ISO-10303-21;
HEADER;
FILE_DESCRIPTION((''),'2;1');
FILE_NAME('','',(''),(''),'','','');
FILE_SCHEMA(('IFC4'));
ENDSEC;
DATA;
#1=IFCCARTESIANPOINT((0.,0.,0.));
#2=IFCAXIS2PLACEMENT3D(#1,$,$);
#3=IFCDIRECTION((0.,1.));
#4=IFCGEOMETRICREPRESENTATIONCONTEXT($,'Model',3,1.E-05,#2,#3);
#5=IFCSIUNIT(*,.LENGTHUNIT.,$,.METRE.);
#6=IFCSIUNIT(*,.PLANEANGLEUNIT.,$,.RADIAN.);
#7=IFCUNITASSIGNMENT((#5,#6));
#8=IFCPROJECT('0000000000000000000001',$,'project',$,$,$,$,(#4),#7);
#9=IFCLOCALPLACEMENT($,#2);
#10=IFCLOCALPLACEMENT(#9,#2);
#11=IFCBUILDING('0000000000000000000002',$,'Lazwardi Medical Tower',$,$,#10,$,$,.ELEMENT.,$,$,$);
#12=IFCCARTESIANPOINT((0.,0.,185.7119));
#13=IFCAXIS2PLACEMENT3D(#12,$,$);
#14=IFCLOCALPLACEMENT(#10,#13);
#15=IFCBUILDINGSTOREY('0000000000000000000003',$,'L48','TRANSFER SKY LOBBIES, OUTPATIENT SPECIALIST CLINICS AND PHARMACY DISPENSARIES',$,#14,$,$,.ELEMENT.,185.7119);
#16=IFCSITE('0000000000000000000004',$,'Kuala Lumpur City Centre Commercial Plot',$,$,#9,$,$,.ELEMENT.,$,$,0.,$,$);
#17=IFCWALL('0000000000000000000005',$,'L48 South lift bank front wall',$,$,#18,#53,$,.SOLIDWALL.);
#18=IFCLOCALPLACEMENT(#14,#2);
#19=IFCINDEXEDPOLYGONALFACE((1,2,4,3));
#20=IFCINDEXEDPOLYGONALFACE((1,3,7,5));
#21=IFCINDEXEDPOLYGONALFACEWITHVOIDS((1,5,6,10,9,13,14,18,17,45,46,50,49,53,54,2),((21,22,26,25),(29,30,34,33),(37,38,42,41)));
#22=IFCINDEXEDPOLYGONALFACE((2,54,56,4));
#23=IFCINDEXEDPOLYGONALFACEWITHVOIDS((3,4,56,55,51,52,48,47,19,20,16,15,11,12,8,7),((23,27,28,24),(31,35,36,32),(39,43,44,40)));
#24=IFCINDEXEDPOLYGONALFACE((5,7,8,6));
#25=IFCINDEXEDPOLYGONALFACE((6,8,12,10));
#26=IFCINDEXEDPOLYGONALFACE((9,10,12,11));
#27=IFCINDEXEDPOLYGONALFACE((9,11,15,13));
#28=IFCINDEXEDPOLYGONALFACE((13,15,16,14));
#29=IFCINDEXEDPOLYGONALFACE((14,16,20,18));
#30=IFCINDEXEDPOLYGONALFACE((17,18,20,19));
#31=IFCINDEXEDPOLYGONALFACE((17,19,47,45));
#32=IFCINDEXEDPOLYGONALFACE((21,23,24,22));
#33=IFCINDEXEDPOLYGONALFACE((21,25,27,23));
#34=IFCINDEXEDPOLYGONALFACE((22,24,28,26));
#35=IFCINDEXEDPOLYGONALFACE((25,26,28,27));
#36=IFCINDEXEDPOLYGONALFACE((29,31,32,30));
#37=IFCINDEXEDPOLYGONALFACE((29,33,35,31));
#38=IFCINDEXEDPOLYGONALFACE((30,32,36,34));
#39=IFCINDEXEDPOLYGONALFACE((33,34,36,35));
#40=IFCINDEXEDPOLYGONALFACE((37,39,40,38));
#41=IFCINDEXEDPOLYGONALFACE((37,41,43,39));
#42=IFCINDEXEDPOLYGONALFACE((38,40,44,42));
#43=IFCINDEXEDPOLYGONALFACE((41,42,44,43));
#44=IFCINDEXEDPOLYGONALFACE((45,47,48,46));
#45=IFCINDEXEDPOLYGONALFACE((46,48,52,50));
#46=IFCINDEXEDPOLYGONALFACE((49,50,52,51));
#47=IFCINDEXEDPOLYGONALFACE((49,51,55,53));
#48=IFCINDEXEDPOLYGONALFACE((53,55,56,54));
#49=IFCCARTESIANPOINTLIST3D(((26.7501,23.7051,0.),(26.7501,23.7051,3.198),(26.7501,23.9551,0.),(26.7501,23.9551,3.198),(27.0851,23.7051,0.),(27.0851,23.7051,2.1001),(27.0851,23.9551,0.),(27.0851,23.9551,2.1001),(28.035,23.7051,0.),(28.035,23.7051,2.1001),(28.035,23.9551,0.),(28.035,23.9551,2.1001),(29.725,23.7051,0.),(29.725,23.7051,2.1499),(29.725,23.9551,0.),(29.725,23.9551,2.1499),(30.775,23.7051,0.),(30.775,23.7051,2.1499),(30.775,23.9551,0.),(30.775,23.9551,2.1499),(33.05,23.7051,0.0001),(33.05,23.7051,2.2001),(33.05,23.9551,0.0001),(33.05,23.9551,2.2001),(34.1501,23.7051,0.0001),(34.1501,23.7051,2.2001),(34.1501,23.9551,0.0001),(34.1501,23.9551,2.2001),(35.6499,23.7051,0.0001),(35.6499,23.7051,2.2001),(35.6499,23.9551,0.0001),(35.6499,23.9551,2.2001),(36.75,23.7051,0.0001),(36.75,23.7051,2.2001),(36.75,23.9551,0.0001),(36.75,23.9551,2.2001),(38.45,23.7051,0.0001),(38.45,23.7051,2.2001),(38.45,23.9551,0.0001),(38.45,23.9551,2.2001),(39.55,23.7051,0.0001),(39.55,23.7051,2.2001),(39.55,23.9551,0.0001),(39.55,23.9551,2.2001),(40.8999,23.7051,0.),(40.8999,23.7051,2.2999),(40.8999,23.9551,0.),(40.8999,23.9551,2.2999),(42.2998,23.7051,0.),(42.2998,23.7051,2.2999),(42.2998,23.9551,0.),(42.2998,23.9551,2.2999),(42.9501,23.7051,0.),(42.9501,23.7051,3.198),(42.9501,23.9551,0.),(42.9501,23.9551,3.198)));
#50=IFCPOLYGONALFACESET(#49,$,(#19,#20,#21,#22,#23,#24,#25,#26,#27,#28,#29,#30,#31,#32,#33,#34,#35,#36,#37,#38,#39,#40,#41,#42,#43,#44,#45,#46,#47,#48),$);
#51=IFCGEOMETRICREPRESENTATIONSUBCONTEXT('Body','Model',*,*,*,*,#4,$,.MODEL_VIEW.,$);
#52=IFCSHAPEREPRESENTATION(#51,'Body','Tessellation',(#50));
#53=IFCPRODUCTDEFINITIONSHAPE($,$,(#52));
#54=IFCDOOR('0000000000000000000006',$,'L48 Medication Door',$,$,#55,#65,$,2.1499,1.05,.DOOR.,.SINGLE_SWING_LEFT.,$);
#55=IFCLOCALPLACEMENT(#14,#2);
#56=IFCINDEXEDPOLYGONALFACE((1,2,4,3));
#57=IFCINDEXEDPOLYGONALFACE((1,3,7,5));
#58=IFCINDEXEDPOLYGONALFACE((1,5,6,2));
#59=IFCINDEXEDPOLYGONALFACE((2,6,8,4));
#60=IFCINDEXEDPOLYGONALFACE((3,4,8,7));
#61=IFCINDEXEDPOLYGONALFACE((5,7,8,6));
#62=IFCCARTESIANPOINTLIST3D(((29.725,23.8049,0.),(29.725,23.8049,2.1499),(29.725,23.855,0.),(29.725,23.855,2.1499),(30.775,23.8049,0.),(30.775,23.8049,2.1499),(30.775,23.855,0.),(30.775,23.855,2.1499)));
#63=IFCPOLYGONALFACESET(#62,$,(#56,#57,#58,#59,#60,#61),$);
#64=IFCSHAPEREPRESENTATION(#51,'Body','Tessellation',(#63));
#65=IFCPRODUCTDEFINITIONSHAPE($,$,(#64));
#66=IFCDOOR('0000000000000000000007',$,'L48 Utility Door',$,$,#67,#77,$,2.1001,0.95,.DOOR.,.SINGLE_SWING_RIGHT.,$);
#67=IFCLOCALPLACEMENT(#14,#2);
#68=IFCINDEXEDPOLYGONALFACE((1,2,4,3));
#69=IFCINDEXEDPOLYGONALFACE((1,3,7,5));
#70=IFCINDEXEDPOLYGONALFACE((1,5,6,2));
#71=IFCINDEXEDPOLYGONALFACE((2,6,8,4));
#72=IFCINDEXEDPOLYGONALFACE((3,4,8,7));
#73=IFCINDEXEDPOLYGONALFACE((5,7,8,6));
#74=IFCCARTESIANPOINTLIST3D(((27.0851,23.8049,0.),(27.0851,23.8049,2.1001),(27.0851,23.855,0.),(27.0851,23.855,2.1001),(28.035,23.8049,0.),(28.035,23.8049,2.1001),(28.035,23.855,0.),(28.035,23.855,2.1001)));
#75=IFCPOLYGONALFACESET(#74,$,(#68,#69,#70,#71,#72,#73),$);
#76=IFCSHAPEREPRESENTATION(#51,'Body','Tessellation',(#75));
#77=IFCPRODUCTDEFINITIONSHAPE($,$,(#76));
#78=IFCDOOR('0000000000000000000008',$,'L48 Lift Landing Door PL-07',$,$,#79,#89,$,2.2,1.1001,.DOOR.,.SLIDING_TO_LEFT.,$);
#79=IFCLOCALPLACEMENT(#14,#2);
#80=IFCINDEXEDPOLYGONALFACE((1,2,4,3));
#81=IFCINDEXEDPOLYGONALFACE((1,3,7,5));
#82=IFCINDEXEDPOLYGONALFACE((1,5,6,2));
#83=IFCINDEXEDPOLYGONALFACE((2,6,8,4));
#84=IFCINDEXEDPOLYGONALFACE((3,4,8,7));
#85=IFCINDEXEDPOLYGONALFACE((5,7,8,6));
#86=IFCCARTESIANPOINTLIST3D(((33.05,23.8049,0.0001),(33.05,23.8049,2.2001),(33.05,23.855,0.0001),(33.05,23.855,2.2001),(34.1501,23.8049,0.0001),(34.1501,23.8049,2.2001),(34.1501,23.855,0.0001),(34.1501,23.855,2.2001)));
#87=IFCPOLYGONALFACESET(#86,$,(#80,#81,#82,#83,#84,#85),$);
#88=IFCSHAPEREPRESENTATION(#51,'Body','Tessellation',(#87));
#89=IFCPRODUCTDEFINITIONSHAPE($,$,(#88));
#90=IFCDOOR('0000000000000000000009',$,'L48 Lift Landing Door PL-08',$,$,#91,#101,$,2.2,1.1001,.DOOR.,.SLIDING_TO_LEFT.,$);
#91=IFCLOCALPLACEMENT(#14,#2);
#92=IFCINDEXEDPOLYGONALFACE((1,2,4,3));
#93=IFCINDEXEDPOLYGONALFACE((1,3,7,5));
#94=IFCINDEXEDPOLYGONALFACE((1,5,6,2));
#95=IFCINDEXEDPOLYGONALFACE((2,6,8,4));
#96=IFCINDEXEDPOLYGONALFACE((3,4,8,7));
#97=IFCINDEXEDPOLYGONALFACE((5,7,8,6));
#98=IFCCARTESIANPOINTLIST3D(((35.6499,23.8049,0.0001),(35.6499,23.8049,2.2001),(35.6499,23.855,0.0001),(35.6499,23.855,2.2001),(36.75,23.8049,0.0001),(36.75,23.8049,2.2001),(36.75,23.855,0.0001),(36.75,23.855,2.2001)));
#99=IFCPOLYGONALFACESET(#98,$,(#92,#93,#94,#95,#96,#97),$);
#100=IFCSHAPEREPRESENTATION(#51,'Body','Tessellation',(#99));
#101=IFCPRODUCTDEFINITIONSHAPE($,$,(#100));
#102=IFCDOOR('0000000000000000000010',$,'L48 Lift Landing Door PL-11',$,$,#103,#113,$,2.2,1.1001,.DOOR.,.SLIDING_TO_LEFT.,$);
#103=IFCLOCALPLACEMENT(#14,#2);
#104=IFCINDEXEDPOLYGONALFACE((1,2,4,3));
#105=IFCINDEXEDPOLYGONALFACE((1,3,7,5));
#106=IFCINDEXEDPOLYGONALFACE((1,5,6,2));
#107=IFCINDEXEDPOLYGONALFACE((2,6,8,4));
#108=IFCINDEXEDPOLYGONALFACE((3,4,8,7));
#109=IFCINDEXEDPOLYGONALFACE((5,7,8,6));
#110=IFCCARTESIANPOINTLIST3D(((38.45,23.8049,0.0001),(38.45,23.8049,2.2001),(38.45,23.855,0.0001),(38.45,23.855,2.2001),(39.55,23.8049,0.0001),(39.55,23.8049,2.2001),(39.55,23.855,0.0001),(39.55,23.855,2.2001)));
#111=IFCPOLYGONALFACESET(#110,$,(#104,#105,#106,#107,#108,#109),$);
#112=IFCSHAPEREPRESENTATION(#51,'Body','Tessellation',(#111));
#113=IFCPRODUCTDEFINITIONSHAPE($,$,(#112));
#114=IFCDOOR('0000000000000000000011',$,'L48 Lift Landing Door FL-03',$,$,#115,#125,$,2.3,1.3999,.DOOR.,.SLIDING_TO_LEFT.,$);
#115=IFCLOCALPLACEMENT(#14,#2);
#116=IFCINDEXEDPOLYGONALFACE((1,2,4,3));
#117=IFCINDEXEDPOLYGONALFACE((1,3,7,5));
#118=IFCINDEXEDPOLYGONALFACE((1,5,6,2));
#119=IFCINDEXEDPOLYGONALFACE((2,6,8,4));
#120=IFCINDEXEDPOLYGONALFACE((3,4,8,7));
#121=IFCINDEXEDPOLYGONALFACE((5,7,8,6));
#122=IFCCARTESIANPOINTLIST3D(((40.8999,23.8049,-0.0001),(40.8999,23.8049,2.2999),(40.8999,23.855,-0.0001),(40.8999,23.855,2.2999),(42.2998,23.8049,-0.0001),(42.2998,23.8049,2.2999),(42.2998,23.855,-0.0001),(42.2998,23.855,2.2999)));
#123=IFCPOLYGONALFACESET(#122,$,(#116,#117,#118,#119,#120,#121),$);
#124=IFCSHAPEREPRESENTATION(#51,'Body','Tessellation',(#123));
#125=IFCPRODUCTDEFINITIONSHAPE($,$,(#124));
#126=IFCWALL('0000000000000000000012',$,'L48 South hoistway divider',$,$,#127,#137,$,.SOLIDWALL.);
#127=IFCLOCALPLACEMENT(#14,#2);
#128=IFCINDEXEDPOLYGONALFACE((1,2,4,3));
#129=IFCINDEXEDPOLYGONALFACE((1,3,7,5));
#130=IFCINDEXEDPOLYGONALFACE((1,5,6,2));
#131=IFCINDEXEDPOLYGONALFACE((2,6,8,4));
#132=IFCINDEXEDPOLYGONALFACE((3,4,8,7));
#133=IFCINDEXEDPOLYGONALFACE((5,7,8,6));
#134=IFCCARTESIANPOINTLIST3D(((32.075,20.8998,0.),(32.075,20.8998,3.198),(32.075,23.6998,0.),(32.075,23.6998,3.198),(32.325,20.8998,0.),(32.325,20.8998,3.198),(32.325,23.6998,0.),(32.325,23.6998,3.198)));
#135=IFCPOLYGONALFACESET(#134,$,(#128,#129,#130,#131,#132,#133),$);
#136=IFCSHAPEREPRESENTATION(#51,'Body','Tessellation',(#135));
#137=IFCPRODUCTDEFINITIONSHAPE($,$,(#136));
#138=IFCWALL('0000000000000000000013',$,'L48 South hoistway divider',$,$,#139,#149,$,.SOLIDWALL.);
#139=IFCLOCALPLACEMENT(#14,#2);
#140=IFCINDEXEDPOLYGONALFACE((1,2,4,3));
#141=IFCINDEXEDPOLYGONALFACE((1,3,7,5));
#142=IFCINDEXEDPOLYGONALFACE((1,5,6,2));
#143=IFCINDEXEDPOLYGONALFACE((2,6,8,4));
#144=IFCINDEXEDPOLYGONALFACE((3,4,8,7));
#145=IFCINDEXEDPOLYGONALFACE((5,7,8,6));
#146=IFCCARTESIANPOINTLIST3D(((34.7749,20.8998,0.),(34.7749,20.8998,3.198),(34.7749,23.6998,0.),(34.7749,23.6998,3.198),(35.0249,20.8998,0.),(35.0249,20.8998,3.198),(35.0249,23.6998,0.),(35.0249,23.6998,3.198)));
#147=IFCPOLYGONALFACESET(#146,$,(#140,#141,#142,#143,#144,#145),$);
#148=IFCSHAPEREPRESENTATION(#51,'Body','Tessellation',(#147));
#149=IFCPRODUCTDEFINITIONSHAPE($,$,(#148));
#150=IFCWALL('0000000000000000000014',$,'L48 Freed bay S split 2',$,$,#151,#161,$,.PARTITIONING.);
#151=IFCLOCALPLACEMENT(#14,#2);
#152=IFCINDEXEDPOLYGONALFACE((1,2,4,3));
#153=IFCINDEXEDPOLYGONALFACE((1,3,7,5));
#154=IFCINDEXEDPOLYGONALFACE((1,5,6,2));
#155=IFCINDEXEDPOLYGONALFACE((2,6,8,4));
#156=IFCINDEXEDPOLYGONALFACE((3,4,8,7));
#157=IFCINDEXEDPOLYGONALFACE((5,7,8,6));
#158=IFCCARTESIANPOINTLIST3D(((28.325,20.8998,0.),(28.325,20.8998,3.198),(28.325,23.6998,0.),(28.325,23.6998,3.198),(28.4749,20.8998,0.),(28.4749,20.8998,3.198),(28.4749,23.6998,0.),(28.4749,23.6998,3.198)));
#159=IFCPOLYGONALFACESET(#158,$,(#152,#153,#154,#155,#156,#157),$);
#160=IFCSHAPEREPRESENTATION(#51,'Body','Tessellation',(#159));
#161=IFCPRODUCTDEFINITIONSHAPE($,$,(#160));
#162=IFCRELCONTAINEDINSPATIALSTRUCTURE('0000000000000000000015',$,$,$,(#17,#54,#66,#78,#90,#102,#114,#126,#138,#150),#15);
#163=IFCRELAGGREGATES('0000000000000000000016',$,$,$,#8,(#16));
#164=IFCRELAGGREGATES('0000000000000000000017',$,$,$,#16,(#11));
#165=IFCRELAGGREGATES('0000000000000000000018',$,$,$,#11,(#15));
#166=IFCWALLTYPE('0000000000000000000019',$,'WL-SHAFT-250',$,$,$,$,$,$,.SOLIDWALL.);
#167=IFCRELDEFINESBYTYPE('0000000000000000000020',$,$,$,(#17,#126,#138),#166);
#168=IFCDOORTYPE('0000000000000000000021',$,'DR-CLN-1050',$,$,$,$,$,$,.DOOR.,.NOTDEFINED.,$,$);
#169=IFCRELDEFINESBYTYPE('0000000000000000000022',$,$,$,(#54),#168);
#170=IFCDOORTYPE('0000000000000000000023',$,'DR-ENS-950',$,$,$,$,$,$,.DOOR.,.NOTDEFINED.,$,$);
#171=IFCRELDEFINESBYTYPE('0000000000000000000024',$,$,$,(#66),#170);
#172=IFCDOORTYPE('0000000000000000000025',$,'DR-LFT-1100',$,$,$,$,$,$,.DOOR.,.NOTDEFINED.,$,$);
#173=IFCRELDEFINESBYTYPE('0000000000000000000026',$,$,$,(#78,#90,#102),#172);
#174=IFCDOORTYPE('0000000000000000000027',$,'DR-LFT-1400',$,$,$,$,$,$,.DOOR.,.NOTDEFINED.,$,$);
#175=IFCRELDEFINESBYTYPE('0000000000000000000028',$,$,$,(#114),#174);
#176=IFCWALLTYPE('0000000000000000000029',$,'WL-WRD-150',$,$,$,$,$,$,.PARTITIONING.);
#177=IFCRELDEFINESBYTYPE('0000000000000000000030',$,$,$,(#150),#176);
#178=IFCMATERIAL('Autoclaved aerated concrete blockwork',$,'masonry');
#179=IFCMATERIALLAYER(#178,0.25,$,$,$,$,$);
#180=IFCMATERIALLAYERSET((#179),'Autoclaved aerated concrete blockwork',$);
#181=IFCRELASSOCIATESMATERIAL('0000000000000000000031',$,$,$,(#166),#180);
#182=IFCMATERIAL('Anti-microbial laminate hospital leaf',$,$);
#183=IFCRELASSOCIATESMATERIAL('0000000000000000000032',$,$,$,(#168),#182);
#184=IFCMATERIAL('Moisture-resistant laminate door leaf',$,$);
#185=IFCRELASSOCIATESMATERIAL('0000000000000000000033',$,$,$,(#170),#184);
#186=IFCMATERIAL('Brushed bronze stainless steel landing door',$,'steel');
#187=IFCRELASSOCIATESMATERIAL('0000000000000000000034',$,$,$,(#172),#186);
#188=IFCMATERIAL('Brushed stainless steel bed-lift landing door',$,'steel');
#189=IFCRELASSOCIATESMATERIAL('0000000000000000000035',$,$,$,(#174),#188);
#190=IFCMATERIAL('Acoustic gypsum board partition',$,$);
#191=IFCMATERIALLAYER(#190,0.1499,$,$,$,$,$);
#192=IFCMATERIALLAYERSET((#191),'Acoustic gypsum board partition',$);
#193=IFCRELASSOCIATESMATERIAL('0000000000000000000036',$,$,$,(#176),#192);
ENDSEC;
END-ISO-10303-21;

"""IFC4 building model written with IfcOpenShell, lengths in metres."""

from ifc_helpers import new_model, si_unit, direction, frame, frame_2d, origin, place, context, subcontext, project, spatial, rectangle, extrude, material, layer, layer_set, type_object, element, fill, save


model = new_model("IFC4")

# Units and contexts
model_context = context("Model", 3, precision=1e-05, world=origin(), true_north=direction((0.0, 1.0)))
body_context = subcontext(model_context, "Body", "Model", "MODEL_VIEW")
ifc_project = project(units=[si_unit("LENGTHUNIT", "METRE"), si_unit("PLANEANGLEUNIT", "RADIAN")], contexts=[model_context])

# Site, building, storey
site_placement = place(None, origin())
site = spatial("IfcSite", under=ifc_project, at=site_placement, Name="Kuala Lumpur City Centre Commercial Plot", CompositionType="ELEMENT", RefElevation=0.0)
building_placement = place(site_placement, origin())
building = spatial("IfcBuilding", under=site, at=building_placement, Name="Lazwardi Medical Tower", CompositionType="ELEMENT")
storey_placement = place(building_placement, frame((0.0, 0.0, 185.7119)))
storey = spatial("IfcBuildingStorey", under=building, at=storey_placement, Name="L48", Description="TRANSFER SKY LOBBIES, OUTPATIENT SPECIALIST CLINICS AND PHARMACY DISPENSARIES", CompositionType="ELEMENT", Elevation=185.7119)

# Wall, openings, doors
ifc_material_1 = material(Name="Autoclaved aerated concrete blockwork", Category="masonry")
ifc_layer_1 = layer(ifc_material_1, 0.25)
ifc_layer_set_1 = layer_set([ifc_layer_1], Name="Autoclaved aerated concrete blockwork")
wall_type_1 = type_object("IfcWallType", Name="WL-SHAFT-250", PredefinedType="SOLIDWALL", material=ifc_layer_set_1)
wall_1_placement = place(storey_placement, frame((26.75, 23.8301, 0.0), z_axis=(0.0, 0.0, 1.0), x_axis=(1.0, 0.0, 0.0)))
wall_1 = element("IfcWall", 1, at=wall_1_placement, inside=storey, type_object=wall_type_1, Name="L48 South lift bank front wall", PredefinedType="SOLIDWALL", context=body_context, shape_type="SweptSolid", body=[
    extrude(rectangle(XDim=16.2, YDim=0.25, at=frame_2d((8.1001, 0.0))), origin(), (0.0, 0.0, 1.0), 3.198),
])
opening_1_placement = place(wall_1_placement, frame((0.335, 0.0, 0.0)))
opening_1 = element("IfcOpeningElement", 2, at=opening_1_placement, cuts=wall_1, PredefinedType="OPENING", context=body_context, shape_type="SweptSolid", body=[
    extrude(rectangle(XDim=0.95, YDim=2.1001, at=frame_2d((0.4751, 1.05))), frame((0.0, 0.135, 0.0), z_axis=(0.0, -1.0, 0.0), x_axis=(1.0, 0.0, 0.0)), (0.0, 0.0, 1.0), 0.27),
])
opening_2_placement = place(wall_1_placement, frame((2.9751, 0.0, 0.0)))
opening_2 = element("IfcOpeningElement", 3, at=opening_2_placement, cuts=wall_1, PredefinedType="OPENING", context=body_context, shape_type="SweptSolid", body=[
    extrude(rectangle(XDim=1.05, YDim=2.1499, at=frame_2d((0.5249, 1.075))), frame((0.0, 0.135, 0.0), z_axis=(0.0, -1.0, 0.0), x_axis=(1.0, 0.0, 0.0)), (0.0, 0.0, 1.0), 0.27),
])
opening_3_placement = place(wall_1_placement, frame((6.3, 0.0, 0.0)))
opening_3 = element("IfcOpeningElement", 4, at=opening_3_placement, cuts=wall_1, PredefinedType="OPENING", context=body_context, shape_type="SweptSolid", body=[
    extrude(rectangle(XDim=1.1001, YDim=2.2, at=frame_2d((0.55, 1.1001))), frame((0.0, 0.135, 0.0), z_axis=(0.0, -1.0, 0.0), x_axis=(1.0, 0.0, 0.0)), (0.0, 0.0, 1.0), 0.27),
])
opening_4_placement = place(wall_1_placement, frame((8.8999, 0.0, 0.0)))
opening_4 = element("IfcOpeningElement", 5, at=opening_4_placement, cuts=wall_1, PredefinedType="OPENING", context=body_context, shape_type="SweptSolid", body=[
    extrude(rectangle(XDim=1.1001, YDim=2.2, at=frame_2d((0.55, 1.1001))), frame((0.0, 0.135, 0.0), z_axis=(0.0, -1.0, 0.0), x_axis=(1.0, 0.0, 0.0)), (0.0, 0.0, 1.0), 0.27),
])
opening_5_placement = place(wall_1_placement, frame((11.7, 0.0, 0.0)))
opening_5 = element("IfcOpeningElement", 6, at=opening_5_placement, cuts=wall_1, PredefinedType="OPENING", context=body_context, shape_type="SweptSolid", body=[
    extrude(rectangle(XDim=1.1001, YDim=2.2, at=frame_2d((0.55, 1.1001))), frame((0.0, 0.135, 0.0), z_axis=(0.0, -1.0, 0.0), x_axis=(1.0, 0.0, 0.0)), (0.0, 0.0, 1.0), 0.27),
])
opening_6_placement = place(wall_1_placement, frame((14.1499, 0.0, 0.0)))
opening_6 = element("IfcOpeningElement", 7, at=opening_6_placement, cuts=wall_1, PredefinedType="OPENING", context=body_context, shape_type="SweptSolid", body=[
    extrude(rectangle(XDim=1.3999, YDim=2.3, at=frame_2d((0.7, 1.1499))), frame((0.0, 0.135, 0.0), z_axis=(0.0, -1.0, 0.0), x_axis=(1.0, 0.0, 0.0)), (0.0, 0.0, 1.0), 0.27),
])
ifc_material_2 = material(Name="Anti-microbial laminate hospital leaf")
door_type_1 = type_object("IfcDoorType", Name="DR-CLN-1050", OperationType="NOTDEFINED", PredefinedType="DOOR", material=ifc_material_2)
door_1_placement = place(opening_2_placement, origin())
door_1 = element("IfcDoor", 8, at=door_1_placement, inside=storey, type_object=door_type_1, Name="L48 Medication Door", OperationType="SINGLE_SWING_LEFT", OverallHeight=2.1499, OverallWidth=1.05, PredefinedType="DOOR", context=body_context, shape_type="SweptSolid", body=[
    extrude(rectangle(XDim=1.05, YDim=2.1499, at=frame_2d((0.5249, 1.075))), frame((0.0, 0.0249, 0.0), z_axis=(0.0, -1.0, 0.0), x_axis=(1.0, 0.0, 0.0)), (0.0, 0.0, 1.0), 0.05),
])
fill(opening_2, door_1)
ifc_material_3 = material(Name="Moisture-resistant laminate door leaf")
door_type_2 = type_object("IfcDoorType", Name="DR-ENS-950", OperationType="NOTDEFINED", PredefinedType="DOOR", material=ifc_material_3)
door_2_placement = place(opening_1_placement, origin())
door_2 = element("IfcDoor", 9, at=door_2_placement, inside=storey, type_object=door_type_2, Name="L48 Utility Door", OperationType="SINGLE_SWING_RIGHT", OverallHeight=2.1001, OverallWidth=0.95, PredefinedType="DOOR", context=body_context, shape_type="SweptSolid", body=[
    extrude(rectangle(XDim=0.95, YDim=2.1001, at=frame_2d((0.4751, 1.05))), frame((0.0, 0.0249, 0.0), z_axis=(0.0, -1.0, 0.0), x_axis=(1.0, 0.0, 0.0)), (0.0, 0.0, 1.0), 0.05),
])
fill(opening_1, door_2)
ifc_material_4 = material(Name="Brushed bronze stainless steel landing door", Category="steel")
door_type_3 = type_object("IfcDoorType", Name="DR-LFT-1100", OperationType="NOTDEFINED", PredefinedType="DOOR", material=ifc_material_4)
door_3_placement = place(opening_3_placement, origin())
door_3 = element("IfcDoor", 10, at=door_3_placement, inside=storey, type_object=door_type_3, Name="L48 Lift Landing Door PL-07", OperationType="SLIDING_TO_LEFT", OverallHeight=2.2, OverallWidth=1.1001, PredefinedType="DOOR", context=body_context, shape_type="SweptSolid", body=[
    extrude(rectangle(XDim=1.1001, YDim=2.2, at=frame_2d((0.55, 1.1001))), frame((0.0, 0.0249, 0.0), z_axis=(0.0, -1.0, 0.0), x_axis=(1.0, 0.0, 0.0)), (0.0, 0.0, 1.0), 0.05),
])
fill(opening_3, door_3)
door_4_placement = place(opening_4_placement, origin())
door_4 = element("IfcDoor", 11, at=door_4_placement, inside=storey, type_object=door_type_3, Name="L48 Lift Landing Door PL-08", OperationType="SLIDING_TO_LEFT", OverallHeight=2.2, OverallWidth=1.1001, PredefinedType="DOOR", context=body_context, shape_type="SweptSolid", body=[
    extrude(rectangle(XDim=1.1001, YDim=2.2, at=frame_2d((0.55, 1.1001))), frame((0.0, 0.0249, 0.0), z_axis=(0.0, -1.0, 0.0), x_axis=(1.0, 0.0, 0.0)), (0.0, 0.0, 1.0), 0.05),
])
fill(opening_4, door_4)
door_5_placement = place(opening_5_placement, origin())
door_5 = element("IfcDoor", 12, at=door_5_placement, inside=storey, type_object=door_type_3, Name="L48 Lift Landing Door PL-11", OperationType="SLIDING_TO_LEFT", OverallHeight=2.2, OverallWidth=1.1001, PredefinedType="DOOR", context=body_context, shape_type="SweptSolid", body=[
    extrude(rectangle(XDim=1.1001, YDim=2.2, at=frame_2d((0.55, 1.1001))), frame((0.0, 0.0249, 0.0), z_axis=(0.0, -1.0, 0.0), x_axis=(1.0, 0.0, 0.0)), (0.0, 0.0, 1.0), 0.05),
])
fill(opening_5, door_5)
ifc_material_5 = material(Name="Brushed stainless steel bed-lift landing door", Category="steel")
door_type_4 = type_object("IfcDoorType", Name="DR-LFT-1400", OperationType="NOTDEFINED", PredefinedType="DOOR", material=ifc_material_5)
door_6_placement = place(opening_6_placement, origin())
door_6 = element("IfcDoor", 13, at=door_6_placement, inside=storey, type_object=door_type_4, Name="L48 Lift Landing Door FL-03", OperationType="SLIDING_TO_LEFT", OverallHeight=2.3, OverallWidth=1.3999, PredefinedType="DOOR", context=body_context, shape_type="SweptSolid", body=[
    extrude(rectangle(XDim=1.3999, YDim=2.3, at=frame_2d((0.7, 1.1499))), frame((0.0, 0.0249, 0.0), z_axis=(0.0, -1.0, 0.0), x_axis=(1.0, 0.0, 0.0)), (0.0, 0.0, 1.0), 0.05),
])
fill(opening_6, door_6)

# Walls
for number, where, z_axis, x_axis, name in (
    (14, (32.2, 20.8999, 0.0), (0.0, 0.0, 1.0), (0.0, 1.0, 0.0), "L48 South hoistway divider"),
    (15, (34.8999, 20.8999, 0.0), (0.0, 0.0, 1.0), (0.0, 1.0, 0.0), "L48 South hoistway divider"),
):
    element("IfcWall", number, at=place(storey_placement, frame(where, z_axis=z_axis, x_axis=x_axis)), inside=storey, type_object=wall_type_1, Name=name, PredefinedType="SOLIDWALL", context=body_context, shape_type="SweptSolid", body=[
        extrude(rectangle(XDim=2.8, YDim=0.25, at=frame_2d((1.3999, 0.0))), origin(), (0.0, 0.0, 1.0), 3.198),
    ])
ifc_material_6 = material(Name="Acoustic gypsum board partition")
ifc_layer_2 = layer(ifc_material_6, 0.1499)
ifc_layer_set_2 = layer_set([ifc_layer_2], Name="Acoustic gypsum board partition")
wall_type_2 = type_object("IfcWallType", Name="WL-WRD-150", PredefinedType="PARTITIONING", material=ifc_layer_set_2)
wall_2_placement = place(storey_placement, frame((28.3999, 20.8999, 0.0), z_axis=(0.0, 0.0, 1.0), x_axis=(0.0, 1.0, 0.0)))
element("IfcWall", 16, at=wall_2_placement, inside=storey, type_object=wall_type_2, Name="L48 Freed bay S split 2", PredefinedType="PARTITIONING", context=body_context, shape_type="SweptSolid", body=[
    extrude(rectangle(XDim=2.8, YDim=0.1499, at=frame_2d((1.3999, 0.0))), origin(), (0.0, 0.0, 1.0), 3.198),
])

save(model, "model.ifc")
